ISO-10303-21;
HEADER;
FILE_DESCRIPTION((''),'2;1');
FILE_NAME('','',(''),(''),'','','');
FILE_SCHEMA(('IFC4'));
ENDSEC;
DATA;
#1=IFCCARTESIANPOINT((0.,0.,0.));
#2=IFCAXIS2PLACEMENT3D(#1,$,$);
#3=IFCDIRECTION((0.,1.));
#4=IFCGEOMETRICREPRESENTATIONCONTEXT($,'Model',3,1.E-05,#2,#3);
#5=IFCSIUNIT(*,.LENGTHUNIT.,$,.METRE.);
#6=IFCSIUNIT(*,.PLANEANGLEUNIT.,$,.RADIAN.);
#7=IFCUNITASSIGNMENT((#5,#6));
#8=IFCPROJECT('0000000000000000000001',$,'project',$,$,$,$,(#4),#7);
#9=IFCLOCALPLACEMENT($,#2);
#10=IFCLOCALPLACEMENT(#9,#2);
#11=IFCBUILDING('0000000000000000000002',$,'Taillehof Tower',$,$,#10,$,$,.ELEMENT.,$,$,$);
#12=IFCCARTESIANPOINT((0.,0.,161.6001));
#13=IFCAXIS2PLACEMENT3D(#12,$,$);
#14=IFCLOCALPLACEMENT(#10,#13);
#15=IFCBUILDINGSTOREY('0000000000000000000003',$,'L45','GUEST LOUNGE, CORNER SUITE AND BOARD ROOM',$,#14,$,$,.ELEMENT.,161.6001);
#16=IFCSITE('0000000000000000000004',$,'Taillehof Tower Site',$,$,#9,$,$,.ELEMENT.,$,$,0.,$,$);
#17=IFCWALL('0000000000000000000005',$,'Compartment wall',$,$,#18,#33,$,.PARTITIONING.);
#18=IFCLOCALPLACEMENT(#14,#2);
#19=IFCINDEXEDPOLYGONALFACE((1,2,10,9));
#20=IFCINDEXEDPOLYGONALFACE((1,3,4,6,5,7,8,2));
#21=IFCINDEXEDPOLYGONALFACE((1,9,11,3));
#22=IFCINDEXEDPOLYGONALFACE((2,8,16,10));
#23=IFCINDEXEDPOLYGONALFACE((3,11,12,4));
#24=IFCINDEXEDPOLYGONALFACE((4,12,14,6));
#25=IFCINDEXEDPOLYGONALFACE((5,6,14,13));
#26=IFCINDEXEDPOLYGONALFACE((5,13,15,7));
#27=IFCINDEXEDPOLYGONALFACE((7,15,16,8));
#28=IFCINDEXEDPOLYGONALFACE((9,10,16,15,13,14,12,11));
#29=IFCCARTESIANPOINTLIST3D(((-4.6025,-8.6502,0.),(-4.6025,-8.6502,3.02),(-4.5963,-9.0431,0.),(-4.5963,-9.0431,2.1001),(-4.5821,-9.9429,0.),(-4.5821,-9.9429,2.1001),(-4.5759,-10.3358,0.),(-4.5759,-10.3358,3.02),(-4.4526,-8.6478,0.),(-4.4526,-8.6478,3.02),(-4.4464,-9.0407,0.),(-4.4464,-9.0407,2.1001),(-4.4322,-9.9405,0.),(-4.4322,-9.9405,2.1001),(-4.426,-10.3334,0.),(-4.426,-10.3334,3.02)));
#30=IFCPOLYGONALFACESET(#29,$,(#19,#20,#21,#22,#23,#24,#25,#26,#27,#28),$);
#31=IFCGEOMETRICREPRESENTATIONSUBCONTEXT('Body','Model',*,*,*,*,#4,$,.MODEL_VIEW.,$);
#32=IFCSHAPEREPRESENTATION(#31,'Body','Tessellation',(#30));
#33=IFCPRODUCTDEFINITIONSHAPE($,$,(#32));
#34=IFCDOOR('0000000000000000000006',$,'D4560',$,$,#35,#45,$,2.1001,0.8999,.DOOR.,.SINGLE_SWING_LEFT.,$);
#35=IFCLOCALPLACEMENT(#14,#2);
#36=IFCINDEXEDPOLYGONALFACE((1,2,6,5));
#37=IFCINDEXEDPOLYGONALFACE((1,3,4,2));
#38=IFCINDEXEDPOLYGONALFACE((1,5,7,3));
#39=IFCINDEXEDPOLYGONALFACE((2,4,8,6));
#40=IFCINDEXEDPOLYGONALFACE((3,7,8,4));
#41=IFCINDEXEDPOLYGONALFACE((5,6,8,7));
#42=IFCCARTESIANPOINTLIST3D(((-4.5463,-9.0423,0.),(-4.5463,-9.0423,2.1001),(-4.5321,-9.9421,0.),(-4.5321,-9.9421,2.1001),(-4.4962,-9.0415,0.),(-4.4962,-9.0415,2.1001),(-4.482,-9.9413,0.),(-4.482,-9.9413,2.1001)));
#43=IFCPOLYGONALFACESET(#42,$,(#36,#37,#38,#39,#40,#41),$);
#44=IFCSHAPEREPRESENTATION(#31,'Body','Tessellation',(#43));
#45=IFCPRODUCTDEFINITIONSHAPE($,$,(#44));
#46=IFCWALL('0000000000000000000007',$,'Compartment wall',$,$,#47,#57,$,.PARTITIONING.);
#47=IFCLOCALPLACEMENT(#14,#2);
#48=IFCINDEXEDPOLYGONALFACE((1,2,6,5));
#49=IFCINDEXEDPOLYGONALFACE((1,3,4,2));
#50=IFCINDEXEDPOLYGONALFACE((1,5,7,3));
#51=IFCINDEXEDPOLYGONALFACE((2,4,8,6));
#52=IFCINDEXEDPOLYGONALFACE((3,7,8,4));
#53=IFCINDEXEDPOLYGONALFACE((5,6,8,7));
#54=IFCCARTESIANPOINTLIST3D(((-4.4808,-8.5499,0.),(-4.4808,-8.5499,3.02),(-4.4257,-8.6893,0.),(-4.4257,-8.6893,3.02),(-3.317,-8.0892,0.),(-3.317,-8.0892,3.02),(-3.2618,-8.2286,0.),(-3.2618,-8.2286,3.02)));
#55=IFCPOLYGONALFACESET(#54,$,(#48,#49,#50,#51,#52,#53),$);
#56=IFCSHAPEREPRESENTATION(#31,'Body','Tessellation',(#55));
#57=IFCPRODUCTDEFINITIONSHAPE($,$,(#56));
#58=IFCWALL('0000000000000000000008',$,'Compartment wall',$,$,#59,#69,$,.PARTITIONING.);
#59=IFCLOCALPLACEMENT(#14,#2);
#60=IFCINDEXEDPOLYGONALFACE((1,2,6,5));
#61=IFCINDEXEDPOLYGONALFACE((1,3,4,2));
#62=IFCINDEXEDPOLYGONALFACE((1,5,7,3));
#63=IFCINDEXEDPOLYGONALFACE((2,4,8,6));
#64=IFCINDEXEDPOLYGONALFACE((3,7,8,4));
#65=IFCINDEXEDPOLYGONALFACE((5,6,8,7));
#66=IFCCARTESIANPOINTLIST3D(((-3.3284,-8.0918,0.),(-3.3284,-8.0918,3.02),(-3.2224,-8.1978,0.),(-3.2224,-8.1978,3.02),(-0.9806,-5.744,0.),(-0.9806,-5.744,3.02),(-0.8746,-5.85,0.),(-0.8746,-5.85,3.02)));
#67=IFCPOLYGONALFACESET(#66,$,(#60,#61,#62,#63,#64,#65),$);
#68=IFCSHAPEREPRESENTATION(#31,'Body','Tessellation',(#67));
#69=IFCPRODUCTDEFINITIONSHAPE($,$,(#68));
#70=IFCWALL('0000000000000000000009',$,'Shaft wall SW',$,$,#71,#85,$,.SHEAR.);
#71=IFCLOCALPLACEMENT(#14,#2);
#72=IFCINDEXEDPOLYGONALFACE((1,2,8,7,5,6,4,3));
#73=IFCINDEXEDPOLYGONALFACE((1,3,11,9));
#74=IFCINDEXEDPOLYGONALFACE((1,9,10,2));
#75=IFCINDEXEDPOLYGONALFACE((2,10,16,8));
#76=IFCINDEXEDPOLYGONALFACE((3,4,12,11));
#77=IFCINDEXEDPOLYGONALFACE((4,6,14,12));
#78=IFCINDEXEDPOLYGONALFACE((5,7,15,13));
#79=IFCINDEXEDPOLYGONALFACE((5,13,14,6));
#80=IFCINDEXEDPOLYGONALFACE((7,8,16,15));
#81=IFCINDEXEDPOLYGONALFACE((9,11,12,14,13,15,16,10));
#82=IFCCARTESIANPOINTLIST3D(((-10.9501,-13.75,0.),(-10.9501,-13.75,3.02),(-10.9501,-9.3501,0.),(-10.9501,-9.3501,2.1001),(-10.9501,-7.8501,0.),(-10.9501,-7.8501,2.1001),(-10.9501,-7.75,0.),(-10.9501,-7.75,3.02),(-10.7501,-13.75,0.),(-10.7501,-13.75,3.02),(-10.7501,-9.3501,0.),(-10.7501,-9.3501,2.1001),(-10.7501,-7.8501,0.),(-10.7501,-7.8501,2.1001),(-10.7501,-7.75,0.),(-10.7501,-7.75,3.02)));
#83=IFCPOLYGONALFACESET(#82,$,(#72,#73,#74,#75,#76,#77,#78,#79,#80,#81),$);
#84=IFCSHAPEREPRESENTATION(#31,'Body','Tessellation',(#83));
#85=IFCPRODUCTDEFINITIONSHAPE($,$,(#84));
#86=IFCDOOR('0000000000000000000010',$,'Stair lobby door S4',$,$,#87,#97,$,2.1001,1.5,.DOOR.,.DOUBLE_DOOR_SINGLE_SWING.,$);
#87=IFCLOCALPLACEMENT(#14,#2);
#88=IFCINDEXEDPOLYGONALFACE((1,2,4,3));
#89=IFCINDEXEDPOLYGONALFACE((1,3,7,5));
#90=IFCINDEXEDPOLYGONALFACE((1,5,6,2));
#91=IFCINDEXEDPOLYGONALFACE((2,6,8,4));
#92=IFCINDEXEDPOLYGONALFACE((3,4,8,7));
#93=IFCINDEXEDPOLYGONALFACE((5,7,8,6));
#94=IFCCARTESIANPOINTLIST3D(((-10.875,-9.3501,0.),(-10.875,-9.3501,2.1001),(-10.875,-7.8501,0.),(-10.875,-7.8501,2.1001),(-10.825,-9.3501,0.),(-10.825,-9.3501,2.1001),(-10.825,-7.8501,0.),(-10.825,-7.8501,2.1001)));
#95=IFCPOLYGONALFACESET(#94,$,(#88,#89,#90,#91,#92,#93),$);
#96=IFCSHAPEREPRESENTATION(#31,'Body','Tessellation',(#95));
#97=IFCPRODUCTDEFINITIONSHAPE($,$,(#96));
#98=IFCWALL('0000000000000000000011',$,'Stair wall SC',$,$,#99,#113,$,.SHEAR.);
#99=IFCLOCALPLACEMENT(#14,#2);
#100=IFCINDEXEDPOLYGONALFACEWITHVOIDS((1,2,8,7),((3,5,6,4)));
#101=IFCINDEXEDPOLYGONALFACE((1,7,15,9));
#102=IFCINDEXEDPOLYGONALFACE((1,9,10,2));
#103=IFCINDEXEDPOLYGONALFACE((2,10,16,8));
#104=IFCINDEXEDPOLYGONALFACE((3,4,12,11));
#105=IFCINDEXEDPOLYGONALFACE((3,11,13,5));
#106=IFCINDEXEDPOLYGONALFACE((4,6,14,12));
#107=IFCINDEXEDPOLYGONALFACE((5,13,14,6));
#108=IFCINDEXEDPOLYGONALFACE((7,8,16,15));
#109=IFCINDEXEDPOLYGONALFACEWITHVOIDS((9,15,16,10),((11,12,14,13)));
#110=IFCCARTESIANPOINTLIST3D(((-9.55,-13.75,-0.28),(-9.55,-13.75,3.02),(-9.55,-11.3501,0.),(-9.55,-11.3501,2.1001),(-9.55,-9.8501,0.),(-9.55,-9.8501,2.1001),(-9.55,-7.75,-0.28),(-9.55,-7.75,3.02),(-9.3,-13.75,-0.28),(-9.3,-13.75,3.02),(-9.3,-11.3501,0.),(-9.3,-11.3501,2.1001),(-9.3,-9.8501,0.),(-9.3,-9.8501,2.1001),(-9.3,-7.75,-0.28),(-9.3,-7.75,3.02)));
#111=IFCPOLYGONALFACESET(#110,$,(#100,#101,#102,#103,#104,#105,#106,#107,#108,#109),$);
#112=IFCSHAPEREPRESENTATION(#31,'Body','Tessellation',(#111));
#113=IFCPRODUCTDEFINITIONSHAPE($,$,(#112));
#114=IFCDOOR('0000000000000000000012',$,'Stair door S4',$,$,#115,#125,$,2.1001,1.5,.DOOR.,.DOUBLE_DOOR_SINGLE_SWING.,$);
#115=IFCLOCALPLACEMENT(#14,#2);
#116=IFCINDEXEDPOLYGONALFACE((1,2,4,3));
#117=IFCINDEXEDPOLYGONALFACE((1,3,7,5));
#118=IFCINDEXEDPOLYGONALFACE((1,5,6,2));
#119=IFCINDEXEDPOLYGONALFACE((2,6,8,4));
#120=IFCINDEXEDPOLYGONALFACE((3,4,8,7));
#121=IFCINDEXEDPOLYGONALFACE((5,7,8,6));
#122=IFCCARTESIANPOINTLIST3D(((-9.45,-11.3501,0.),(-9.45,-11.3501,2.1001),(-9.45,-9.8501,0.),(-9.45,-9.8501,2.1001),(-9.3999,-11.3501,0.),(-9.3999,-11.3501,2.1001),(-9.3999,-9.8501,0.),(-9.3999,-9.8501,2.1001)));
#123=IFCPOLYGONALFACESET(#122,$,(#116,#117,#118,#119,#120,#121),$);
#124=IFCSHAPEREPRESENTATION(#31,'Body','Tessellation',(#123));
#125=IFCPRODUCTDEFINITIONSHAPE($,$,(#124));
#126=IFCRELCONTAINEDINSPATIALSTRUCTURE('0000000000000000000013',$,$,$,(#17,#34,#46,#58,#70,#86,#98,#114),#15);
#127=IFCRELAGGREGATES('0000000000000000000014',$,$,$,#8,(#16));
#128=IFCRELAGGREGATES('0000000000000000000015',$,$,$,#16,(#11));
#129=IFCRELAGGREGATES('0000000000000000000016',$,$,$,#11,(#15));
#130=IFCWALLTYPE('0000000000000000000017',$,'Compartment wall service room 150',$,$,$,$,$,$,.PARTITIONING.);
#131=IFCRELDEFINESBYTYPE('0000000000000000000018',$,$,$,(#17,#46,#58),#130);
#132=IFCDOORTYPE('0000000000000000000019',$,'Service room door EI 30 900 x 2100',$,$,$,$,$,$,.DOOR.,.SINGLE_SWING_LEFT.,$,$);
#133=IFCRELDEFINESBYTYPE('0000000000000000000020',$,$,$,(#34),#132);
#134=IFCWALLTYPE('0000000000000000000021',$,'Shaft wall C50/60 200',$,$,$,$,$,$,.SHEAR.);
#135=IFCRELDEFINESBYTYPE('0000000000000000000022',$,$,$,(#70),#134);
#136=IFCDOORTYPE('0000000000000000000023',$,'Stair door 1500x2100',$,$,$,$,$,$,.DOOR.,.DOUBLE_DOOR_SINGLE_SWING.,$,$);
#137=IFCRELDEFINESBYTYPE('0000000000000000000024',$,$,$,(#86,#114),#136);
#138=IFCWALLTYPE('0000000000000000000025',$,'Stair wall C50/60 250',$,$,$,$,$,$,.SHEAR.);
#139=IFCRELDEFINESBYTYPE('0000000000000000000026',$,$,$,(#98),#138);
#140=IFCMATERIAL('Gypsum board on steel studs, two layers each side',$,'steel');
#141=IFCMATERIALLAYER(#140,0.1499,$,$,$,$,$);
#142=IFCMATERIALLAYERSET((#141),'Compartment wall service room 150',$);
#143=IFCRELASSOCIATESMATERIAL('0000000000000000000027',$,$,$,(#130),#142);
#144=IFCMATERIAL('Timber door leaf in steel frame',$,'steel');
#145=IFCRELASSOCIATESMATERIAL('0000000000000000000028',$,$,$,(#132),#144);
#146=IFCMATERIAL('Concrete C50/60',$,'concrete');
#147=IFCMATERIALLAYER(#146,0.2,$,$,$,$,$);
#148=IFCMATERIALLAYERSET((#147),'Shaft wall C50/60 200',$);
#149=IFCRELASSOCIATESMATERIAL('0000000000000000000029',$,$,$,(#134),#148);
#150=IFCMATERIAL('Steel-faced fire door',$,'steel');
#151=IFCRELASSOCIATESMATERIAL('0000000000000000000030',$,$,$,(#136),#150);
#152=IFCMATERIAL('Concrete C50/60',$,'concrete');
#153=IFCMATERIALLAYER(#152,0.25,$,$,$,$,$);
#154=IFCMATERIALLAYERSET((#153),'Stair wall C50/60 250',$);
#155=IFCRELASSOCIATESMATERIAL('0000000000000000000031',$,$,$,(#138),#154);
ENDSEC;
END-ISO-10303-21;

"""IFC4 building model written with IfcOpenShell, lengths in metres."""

from ifc_helpers import new_model, si_unit, direction, frame, frame_2d, origin, place, context, subcontext, project, spatial, rectangle, extrude, material, layer, layer_set, type_object, element, fill, save


model = new_model("IFC4")

# Units and contexts
model_context = context("Model", 3, precision=1e-05, world=origin(), true_north=direction((0.0, 1.0)))
body_context = subcontext(model_context, "Body", "Model", "MODEL_VIEW")
ifc_project = project(units=[si_unit("LENGTHUNIT", "METRE"), si_unit("PLANEANGLEUNIT", "RADIAN")], contexts=[model_context])

# Site, building, storey
site_placement = place(None, origin())
site = spatial("IfcSite", under=ifc_project, at=site_placement, Name="Taillehof Tower Site", CompositionType="ELEMENT", RefElevation=0.0)
building_placement = place(site_placement, origin())
building = spatial("IfcBuilding", under=site, at=building_placement, Name="Taillehof Tower", CompositionType="ELEMENT")
storey_placement = place(building_placement, frame((0.0, 0.0, 161.6001)))
storey = spatial("IfcBuildingStorey", under=building, at=storey_placement, Name="L45", Description="GUEST LOUNGE, CORNER SUITE AND BOARD ROOM", CompositionType="ELEMENT", Elevation=161.6001)

# Shared definitions
ifc_material_1 = material(Name="Gypsum board on steel studs, two layers each side", Category="steel")
ifc_layer_1 = layer(ifc_material_1, 0.1499)
ifc_layer_set_1 = layer_set([ifc_layer_1], Name="Compartment wall service room 150")
wall_type_1 = type_object("IfcWallType", Name="Compartment wall service room 150", PredefinedType="PARTITIONING", material=ifc_layer_set_1)

# Wall, opening, door
wall_1_placement = place(storey_placement, frame((-4.501, -10.3345, 0.0), z_axis=(0.0, 0.0, 1.0), x_axis=(-0.015786, 0.999875, 0.0)))
wall_1 = element("IfcWall", 1, at=wall_1_placement, inside=storey, type_object=wall_type_1, Name="Compartment wall", PredefinedType="PARTITIONING", context=body_context, shape_type="SweptSolid", body=[
    extrude(rectangle(XDim=1.6858, YDim=0.1499, at=frame_2d((0.8428, 0.0))), origin(), (0.0, 0.0, 1.0), 3.02),
])
opening_1_placement = place(wall_1_placement, frame((0.3928, 0.0, 0.0)))
opening_1 = element("IfcOpeningElement", 2, at=opening_1_placement, cuts=wall_1, PredefinedType="OPENING", context=body_context, shape_type="SweptSolid", body=[
    extrude(rectangle(XDim=0.8999, YDim=2.1001, at=frame_2d((0.45, 1.05))), frame((0.0, 0.085, 0.0), z_axis=(0.0, -1.0, 0.0), x_axis=(1.0, 0.0, 0.0)), (0.0, 0.0, 1.0), 0.1699),
])
ifc_material_2 = material(Name="Timber door leaf in steel frame", Category="steel")
door_type_1 = type_object("IfcDoorType", Name="Service room door EI 30 900 x 2100", OperationType="SINGLE_SWING_LEFT", PredefinedType="DOOR", material=ifc_material_2)
door_1_placement = place(opening_1_placement, origin())
door_1 = element("IfcDoor", 3, at=door_1_placement, inside=storey, type_object=door_type_1, Name="D4560", OperationType="SINGLE_SWING_LEFT", OverallHeight=2.1001, OverallWidth=0.8999, PredefinedType="DOOR", context=body_context, shape_type="SweptSolid", body=[
    extrude(rectangle(XDim=0.8999, YDim=2.1001, at=frame_2d((0.45, 1.05))), frame((0.0, 0.0249, 0.0), z_axis=(0.0, -1.0, 0.0), x_axis=(1.0, 0.0, 0.0)), (0.0, 0.0, 1.0), 0.05),
])
fill(opening_1, door_1)

# Walls
wall_2_placement = place(storey_placement, frame((-4.4534, -8.6196, 0.0), z_axis=(0.0, 0.0, 1.0), x_axis=(0.929802, 0.368059, 0.0)))
element("IfcWall", 4, at=wall_2_placement, inside=storey, type_object=wall_type_1, Name="Compartment wall", PredefinedType="PARTITIONING", context=body_context, shape_type="SweptSolid", body=[
    extrude(rectangle(XDim=1.2517, YDim=0.1499, at=frame_2d((0.626, 0.0))), origin(), (0.0, 0.0, 1.0), 3.02),
])
wall_3_placement = place(storey_placement, frame((-3.2754, -8.1448, 0.0), z_axis=(0.0, 0.0, 1.0), x_axis=(0.707107, 0.707107, 0.0)))
element("IfcWall", 5, at=wall_3_placement, inside=storey, type_object=wall_type_1, Name="Compartment wall", PredefinedType="PARTITIONING", context=body_context, shape_type="SweptSolid", body=[
    extrude(rectangle(XDim=3.3203, YDim=0.1499, at=frame_2d((1.6602, 0.0))), origin(), (0.0, 0.0, 1.0), 3.02),
])

# Walls, openings, doors
ifc_material_3 = material(Name="Concrete C50/60", Category="concrete")
ifc_layer_2 = layer(ifc_material_3, 0.2)
ifc_layer_set_2 = layer_set([ifc_layer_2], Name="Shaft wall C50/60 200")
wall_type_2 = type_object("IfcWallType", Name="Shaft wall C50/60 200", PredefinedType="SHEAR", material=ifc_layer_set_2)
wall_4_placement = place(storey_placement, frame((-10.8501, -13.75, 0.0), z_axis=(0.0, 0.0, 1.0), x_axis=(0.0, 1.0, 0.0)))
wall_4 = element("IfcWall", 6, at=wall_4_placement, inside=storey, type_object=wall_type_2, Name="Shaft wall SW", PredefinedType="SHEAR", context=body_context, shape_type="SweptSolid", body=[
    extrude(rectangle(XDim=6.0, YDim=0.2, at=frame_2d((3.0, 0.0))), origin(), (0.0, 0.0, 1.0), 3.02),
])
opening_2_placement = place(wall_4_placement, frame((4.3999, 0.0, 0.0)))
opening_2 = element("IfcOpeningElement", 7, at=opening_2_placement, cuts=wall_4, PredefinedType="OPENING", context=body_context, shape_type="SweptSolid", body=[
    extrude(rectangle(XDim=1.5, YDim=2.1001, at=frame_2d((0.75, 1.05))), frame((0.0, 0.1099, 0.0), z_axis=(0.0, -1.0, 0.0), x_axis=(1.0, 0.0, 0.0)), (0.0, 0.0, 1.0), 0.22),
])
ifc_material_4 = material(Name="Steel-faced fire door", Category="steel")
door_type_2 = type_object("IfcDoorType", Name="Stair door 1500x2100", OperationType="DOUBLE_DOOR_SINGLE_SWING", PredefinedType="DOOR", material=ifc_material_4)
door_2_placement = place(opening_2_placement, origin())
door_2 = element("IfcDoor", 8, at=door_2_placement, inside=storey, type_object=door_type_2, Name="Stair lobby door S4", OperationType="DOUBLE_DOOR_SINGLE_SWING", OverallHeight=2.1001, OverallWidth=1.5, PredefinedType="DOOR", context=body_context, shape_type="SweptSolid", body=[
    extrude(rectangle(XDim=1.5, YDim=2.1001, at=frame_2d((0.75, 1.05))), frame((0.0, 0.0249, 0.0), z_axis=(0.0, -1.0, 0.0), x_axis=(1.0, 0.0, 0.0)), (0.0, 0.0, 1.0), 0.05),
])
fill(opening_2, door_2)
ifc_material_5 = material(Name="Concrete C50/60", Category="concrete")
ifc_layer_3 = layer(ifc_material_5, 0.25)
ifc_layer_set_3 = layer_set([ifc_layer_3], Name="Stair wall C50/60 250")
wall_type_3 = type_object("IfcWallType", Name="Stair wall C50/60 250", PredefinedType="SHEAR", material=ifc_layer_set_3)
wall_5_placement = place(storey_placement, frame((-9.425, -13.75, -0.28), z_axis=(0.0, 0.0, 1.0), x_axis=(0.0, 1.0, 0.0)))
wall_5 = element("IfcWall", 9, at=wall_5_placement, inside=storey, type_object=wall_type_3, Name="Stair wall SC", PredefinedType="SHEAR", context=body_context, shape_type="SweptSolid", body=[
    extrude(rectangle(XDim=6.0, YDim=0.25, at=frame_2d((3.0, 0.0))), origin(), (0.0, 0.0, 1.0), 3.3),
])
opening_3_placement = place(wall_5_placement, frame((2.3999, 0.0, 0.28)))
opening_3 = element("IfcOpeningElement", 10, at=opening_3_placement, cuts=wall_5, PredefinedType="OPENING", context=body_context, shape_type="SweptSolid", body=[
    extrude(rectangle(XDim=1.5, YDim=2.1001, at=frame_2d((0.75, 1.05))), frame((0.0, 0.135, 0.0), z_axis=(0.0, -1.0, 0.0), x_axis=(1.0, 0.0, 0.0)), (0.0, 0.0, 1.0), 0.27),
])
door_3_placement = place(opening_3_placement, origin())
door_3 = element("IfcDoor", 11, at=door_3_placement, inside=storey, type_object=door_type_2, Name="Stair door S4", OperationType="DOUBLE_DOOR_SINGLE_SWING", OverallHeight=2.1001, OverallWidth=1.5, PredefinedType="DOOR", context=body_context, shape_type="SweptSolid", body=[
    extrude(rectangle(XDim=1.5, YDim=2.1001, at=frame_2d((0.75, 1.05))), frame((0.0, 0.0249, 0.0), z_axis=(0.0, -1.0, 0.0), x_axis=(1.0, 0.0, 0.0)), (0.0, 0.0, 1.0), 0.05),
])
fill(opening_3, door_3)

save(model, "model.ifc")
